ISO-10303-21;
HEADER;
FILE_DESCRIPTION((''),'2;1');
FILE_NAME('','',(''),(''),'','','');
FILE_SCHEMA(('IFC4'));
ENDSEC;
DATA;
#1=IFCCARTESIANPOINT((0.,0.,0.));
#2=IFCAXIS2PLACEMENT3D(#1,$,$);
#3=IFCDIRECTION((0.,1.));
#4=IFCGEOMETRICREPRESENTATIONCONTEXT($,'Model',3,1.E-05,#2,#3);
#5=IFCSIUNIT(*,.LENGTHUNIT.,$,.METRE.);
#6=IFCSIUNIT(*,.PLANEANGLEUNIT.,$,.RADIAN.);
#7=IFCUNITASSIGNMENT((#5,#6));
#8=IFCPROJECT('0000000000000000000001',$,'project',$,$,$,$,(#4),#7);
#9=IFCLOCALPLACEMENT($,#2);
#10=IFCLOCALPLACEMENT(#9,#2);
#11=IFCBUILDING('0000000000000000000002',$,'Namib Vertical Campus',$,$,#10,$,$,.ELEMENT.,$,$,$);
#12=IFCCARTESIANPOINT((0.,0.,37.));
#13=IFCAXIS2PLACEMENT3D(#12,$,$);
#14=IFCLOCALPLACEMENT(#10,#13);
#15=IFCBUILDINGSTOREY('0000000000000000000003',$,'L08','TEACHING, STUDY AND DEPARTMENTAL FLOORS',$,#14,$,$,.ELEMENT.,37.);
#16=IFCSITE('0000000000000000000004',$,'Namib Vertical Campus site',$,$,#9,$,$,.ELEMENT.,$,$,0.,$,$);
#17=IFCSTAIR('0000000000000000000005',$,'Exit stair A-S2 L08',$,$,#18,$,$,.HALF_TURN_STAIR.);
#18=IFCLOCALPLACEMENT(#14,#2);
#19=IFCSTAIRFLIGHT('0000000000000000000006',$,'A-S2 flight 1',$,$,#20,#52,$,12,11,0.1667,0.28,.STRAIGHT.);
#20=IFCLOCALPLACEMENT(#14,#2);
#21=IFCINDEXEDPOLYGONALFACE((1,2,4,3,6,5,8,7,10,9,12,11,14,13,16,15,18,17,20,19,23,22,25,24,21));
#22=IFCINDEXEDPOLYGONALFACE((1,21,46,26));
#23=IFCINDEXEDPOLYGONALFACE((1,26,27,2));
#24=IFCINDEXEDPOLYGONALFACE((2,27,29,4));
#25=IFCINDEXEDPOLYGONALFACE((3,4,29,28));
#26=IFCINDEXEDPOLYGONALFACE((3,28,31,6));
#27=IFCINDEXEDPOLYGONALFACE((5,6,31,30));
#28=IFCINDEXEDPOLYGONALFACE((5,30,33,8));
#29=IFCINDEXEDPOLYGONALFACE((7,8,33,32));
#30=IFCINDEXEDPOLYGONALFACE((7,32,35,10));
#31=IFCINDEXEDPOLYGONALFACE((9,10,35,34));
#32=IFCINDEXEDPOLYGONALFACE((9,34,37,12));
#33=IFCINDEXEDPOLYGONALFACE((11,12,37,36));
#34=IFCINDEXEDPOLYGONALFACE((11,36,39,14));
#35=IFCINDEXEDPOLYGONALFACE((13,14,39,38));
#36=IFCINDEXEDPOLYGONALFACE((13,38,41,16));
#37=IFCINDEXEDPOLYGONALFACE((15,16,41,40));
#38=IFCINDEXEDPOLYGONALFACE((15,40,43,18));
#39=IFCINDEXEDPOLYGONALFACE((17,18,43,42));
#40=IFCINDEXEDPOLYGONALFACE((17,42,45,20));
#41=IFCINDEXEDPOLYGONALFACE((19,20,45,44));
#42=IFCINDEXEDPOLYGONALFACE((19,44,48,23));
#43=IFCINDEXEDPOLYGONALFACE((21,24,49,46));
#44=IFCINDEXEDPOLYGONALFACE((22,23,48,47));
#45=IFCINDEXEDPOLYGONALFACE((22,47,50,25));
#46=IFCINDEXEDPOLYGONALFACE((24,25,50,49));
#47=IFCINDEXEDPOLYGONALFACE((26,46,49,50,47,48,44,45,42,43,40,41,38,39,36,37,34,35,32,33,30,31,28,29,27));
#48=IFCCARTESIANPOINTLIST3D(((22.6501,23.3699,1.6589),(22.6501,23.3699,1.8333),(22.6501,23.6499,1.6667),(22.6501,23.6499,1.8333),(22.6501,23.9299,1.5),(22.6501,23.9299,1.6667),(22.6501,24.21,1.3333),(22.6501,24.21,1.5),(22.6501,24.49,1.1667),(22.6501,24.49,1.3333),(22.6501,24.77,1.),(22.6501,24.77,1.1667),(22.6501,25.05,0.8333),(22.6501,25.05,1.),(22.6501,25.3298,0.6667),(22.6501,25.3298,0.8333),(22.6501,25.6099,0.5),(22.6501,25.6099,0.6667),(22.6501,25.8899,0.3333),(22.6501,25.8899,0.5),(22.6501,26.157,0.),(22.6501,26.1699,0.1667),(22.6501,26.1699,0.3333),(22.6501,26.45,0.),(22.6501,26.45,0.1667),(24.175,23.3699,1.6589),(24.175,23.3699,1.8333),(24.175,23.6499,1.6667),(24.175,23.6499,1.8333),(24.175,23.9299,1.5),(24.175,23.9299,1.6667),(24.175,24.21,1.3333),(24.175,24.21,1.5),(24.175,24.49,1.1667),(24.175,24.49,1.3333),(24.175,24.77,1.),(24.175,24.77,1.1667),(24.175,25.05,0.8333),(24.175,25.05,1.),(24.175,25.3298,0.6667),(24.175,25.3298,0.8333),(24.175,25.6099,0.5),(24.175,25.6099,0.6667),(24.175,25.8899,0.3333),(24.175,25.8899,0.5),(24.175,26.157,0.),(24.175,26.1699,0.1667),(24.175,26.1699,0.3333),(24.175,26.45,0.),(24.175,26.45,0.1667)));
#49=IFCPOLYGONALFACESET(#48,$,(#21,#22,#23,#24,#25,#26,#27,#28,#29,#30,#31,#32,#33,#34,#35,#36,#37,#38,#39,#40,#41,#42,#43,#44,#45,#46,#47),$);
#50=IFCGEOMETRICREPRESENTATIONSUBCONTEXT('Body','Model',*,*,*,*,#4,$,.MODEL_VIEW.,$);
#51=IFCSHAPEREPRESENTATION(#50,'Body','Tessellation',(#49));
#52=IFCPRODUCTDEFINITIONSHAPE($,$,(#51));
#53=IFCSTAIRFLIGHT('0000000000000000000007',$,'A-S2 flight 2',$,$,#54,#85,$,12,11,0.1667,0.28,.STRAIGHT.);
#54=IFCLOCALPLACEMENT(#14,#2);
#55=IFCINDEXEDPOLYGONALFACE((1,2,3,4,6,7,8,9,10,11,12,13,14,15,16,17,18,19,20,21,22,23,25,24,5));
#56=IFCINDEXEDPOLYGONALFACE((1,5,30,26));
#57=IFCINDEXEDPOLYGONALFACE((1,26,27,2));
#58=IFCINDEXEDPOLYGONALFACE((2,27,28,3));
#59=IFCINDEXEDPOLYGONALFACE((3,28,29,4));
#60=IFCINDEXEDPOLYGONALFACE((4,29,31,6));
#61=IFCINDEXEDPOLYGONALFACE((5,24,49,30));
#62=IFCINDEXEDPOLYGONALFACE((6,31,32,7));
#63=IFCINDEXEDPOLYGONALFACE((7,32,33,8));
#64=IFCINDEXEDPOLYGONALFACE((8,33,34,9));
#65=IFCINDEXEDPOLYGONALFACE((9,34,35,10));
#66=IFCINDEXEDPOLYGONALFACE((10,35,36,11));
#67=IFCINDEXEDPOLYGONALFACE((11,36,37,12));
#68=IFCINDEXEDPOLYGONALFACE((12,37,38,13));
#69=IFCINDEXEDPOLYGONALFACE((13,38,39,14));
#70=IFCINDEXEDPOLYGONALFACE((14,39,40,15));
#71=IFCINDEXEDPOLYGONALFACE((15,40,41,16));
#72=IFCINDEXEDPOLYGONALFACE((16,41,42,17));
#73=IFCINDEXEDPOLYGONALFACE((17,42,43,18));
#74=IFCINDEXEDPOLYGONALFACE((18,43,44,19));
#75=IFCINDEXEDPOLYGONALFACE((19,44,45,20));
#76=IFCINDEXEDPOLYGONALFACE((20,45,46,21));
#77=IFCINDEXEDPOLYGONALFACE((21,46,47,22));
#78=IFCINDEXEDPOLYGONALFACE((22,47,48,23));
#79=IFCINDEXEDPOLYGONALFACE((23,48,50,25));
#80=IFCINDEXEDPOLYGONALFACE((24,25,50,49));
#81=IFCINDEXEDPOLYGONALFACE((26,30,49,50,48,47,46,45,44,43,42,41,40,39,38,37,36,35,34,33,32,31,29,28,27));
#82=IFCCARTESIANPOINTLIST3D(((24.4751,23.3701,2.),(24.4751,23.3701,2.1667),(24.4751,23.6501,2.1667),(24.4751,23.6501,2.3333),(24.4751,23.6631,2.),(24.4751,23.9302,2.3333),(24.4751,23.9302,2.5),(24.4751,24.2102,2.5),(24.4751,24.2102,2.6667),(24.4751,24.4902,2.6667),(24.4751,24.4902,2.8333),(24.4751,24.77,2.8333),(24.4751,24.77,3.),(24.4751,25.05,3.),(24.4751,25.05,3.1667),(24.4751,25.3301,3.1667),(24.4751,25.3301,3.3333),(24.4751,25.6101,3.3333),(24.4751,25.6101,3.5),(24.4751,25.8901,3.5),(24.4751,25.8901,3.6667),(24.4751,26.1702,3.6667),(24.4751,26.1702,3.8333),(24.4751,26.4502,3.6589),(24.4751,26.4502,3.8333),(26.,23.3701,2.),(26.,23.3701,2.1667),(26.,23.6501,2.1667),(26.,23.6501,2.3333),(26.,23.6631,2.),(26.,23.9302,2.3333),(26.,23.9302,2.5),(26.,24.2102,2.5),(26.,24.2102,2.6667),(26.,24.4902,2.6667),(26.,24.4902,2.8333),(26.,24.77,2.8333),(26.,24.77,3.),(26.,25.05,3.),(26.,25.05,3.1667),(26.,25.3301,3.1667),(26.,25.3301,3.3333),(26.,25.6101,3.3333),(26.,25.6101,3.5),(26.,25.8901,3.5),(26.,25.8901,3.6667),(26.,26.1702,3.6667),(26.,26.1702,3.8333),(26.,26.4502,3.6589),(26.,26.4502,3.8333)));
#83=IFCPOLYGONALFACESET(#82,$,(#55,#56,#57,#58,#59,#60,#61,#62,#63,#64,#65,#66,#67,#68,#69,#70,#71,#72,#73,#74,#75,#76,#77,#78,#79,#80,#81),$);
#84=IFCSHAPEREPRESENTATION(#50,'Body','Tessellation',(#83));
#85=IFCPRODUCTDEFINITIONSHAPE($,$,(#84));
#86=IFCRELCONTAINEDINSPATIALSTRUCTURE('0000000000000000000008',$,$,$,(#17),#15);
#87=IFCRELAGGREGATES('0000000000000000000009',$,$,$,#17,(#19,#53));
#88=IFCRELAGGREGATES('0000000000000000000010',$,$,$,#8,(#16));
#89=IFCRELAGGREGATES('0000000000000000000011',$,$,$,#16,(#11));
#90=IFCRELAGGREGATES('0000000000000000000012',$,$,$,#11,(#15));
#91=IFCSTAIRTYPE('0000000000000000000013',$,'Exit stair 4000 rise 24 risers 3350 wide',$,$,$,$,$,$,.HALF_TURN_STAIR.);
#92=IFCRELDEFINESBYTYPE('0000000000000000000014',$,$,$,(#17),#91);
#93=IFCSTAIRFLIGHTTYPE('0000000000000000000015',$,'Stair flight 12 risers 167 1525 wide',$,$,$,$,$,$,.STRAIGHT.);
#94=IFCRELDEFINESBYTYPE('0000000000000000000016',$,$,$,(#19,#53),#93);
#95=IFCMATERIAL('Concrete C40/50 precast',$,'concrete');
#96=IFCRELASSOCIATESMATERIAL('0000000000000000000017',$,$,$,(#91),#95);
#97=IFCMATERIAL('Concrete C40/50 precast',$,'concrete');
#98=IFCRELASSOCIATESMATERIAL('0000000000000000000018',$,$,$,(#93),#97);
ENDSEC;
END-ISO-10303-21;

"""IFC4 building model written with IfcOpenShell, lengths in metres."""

from ifc_helpers import new_model, si_unit, direction, frame, origin, place, context, subcontext, project, spatial, polyline, outline, extrude, material, type_object, element, aggregate, save


model = new_model("IFC4")

# Units and contexts
model_context = context("Model", 3, precision=1e-05, world=origin(), true_north=direction((0.0, 1.0)))
body_context = subcontext(model_context, "Body", "Model", "MODEL_VIEW")
ifc_project = project(units=[si_unit("LENGTHUNIT", "METRE"), si_unit("PLANEANGLEUNIT", "RADIAN")], contexts=[model_context])

# Site, building, storey
site_placement = place(None, origin())
site = spatial("IfcSite", under=ifc_project, at=site_placement, Name="Namib Vertical Campus site", CompositionType="ELEMENT", RefElevation=0.0)
building_placement = place(site_placement, origin())
building = spatial("IfcBuilding", under=site, at=building_placement, Name="Namib Vertical Campus", CompositionType="ELEMENT")
storey_placement = place(building_placement, frame((0.0, 0.0, 37.0)))
storey = spatial("IfcBuildingStorey", under=building, at=storey_placement, Name="L08", Description="TEACHING, STUDY AND DEPARTMENTAL FLOORS", CompositionType="ELEMENT", Elevation=37.0)

# Stair, stair flights
ifc_material_1 = material(Name="Concrete C40/50 precast", Category="concrete")
stair_type = type_object("IfcStairType", Name="Exit stair 4000 rise 24 risers 3350 wide", PredefinedType="HALF_TURN_STAIR", material=ifc_material_1)
stair_placement = place(storey_placement, origin())
stair = element("IfcStair", 1, at=stair_placement, inside=storey, type_object=stair_type, Name="Exit stair A-S2 L08", PredefinedType="HALF_TURN_STAIR")
ifc_material_2 = material(Name="Concrete C40/50 precast", Category="concrete")
stair_flight_type = type_object("IfcStairFlightType", Name="Stair flight 12 risers 167 1525 wide", PredefinedType="STRAIGHT", material=ifc_material_2)
stair_flight_1_placement = place(storey_placement, frame((23.4126, 26.45, 0.0), z_axis=(0.0, 0.0, 1.0), x_axis=(0.0, -1.0, 0.0)))
stair_flight_1 = element("IfcStairFlight", 2, at=stair_flight_1_placement, type_object=stair_flight_type, Name="A-S2 flight 1", NumberOfRisers=12, NumberOfTreads=11, PredefinedType="STRAIGHT", RiserHeight=0.1667, TreadLength=0.28, context=body_context, shape_type="SweptSolid", body=[
    extrude(outline(polyline([(0.0, 0.0), (0.0, 0.1667), (0.28, 0.1667), (0.28, 0.3333), (0.5601, 0.3333), (0.5601, 0.5), (0.8401, 0.5), (0.8401, 0.6667), (1.1201, 0.6667), (1.1201, 0.8333), (1.3999, 0.8333), (1.3999, 1.0), (1.6799, 1.0), (1.6799, 1.1667), (1.96, 1.1667), (1.96, 1.3333), (2.24, 1.3333), (2.24, 1.5), (2.52, 1.5), (2.52, 1.6667), (2.8, 1.6667), (2.8, 1.8333), (3.0801, 1.8333), (3.0801, 2.0), (3.0801, 1.6589), (0.293, 0.0), (0.0, 0.0)])), frame((0.0, 0.7625, 0.0), z_axis=(0.0, -1.0, 0.0), x_axis=(1.0, 0.0, 0.0)), (0.0, 0.0, 1.0), 1.5249),
])
stair_flight_2_placement = place(storey_placement, frame((25.2375, 23.3701, 2.0), z_axis=(0.0, 0.0, 1.0), x_axis=(0.0, 1.0, 0.0)))
stair_flight_2 = element("IfcStairFlight", 3, at=stair_flight_2_placement, type_object=stair_flight_type, Name="A-S2 flight 2", NumberOfRisers=12, NumberOfTreads=11, PredefinedType="STRAIGHT", RiserHeight=0.1667, TreadLength=0.28, context=body_context, shape_type="SweptSolid", body=[
    extrude(outline(polyline([(0.0, 0.0), (0.0, 0.1667), (0.28, 0.1667), (0.28, 0.3333), (0.5601, 0.3333), (0.5601, 0.5), (0.8401, 0.5), (0.8401, 0.6667), (1.1201, 0.6667), (1.1201, 0.8333), (1.3999, 0.8333), (1.3999, 1.0), (1.6799, 1.0), (1.6799, 1.1667), (1.96, 1.1667), (1.96, 1.3333), (2.24, 1.3333), (2.24, 1.5), (2.52, 1.5), (2.52, 1.6667), (2.8, 1.6667), (2.8, 1.8333), (3.0801, 1.8333), (3.0801, 2.0), (3.0801, 1.6589), (0.293, 0.0), (0.0, 0.0)])), frame((0.0, 0.7625, 0.0), z_axis=(0.0, -1.0, 0.0), x_axis=(1.0, 0.0, 0.0)), (0.0, 0.0, 1.0), 1.5249),
])
aggregate(stair, [stair_flight_1, stair_flight_2])

save(model, "model.ifc")
